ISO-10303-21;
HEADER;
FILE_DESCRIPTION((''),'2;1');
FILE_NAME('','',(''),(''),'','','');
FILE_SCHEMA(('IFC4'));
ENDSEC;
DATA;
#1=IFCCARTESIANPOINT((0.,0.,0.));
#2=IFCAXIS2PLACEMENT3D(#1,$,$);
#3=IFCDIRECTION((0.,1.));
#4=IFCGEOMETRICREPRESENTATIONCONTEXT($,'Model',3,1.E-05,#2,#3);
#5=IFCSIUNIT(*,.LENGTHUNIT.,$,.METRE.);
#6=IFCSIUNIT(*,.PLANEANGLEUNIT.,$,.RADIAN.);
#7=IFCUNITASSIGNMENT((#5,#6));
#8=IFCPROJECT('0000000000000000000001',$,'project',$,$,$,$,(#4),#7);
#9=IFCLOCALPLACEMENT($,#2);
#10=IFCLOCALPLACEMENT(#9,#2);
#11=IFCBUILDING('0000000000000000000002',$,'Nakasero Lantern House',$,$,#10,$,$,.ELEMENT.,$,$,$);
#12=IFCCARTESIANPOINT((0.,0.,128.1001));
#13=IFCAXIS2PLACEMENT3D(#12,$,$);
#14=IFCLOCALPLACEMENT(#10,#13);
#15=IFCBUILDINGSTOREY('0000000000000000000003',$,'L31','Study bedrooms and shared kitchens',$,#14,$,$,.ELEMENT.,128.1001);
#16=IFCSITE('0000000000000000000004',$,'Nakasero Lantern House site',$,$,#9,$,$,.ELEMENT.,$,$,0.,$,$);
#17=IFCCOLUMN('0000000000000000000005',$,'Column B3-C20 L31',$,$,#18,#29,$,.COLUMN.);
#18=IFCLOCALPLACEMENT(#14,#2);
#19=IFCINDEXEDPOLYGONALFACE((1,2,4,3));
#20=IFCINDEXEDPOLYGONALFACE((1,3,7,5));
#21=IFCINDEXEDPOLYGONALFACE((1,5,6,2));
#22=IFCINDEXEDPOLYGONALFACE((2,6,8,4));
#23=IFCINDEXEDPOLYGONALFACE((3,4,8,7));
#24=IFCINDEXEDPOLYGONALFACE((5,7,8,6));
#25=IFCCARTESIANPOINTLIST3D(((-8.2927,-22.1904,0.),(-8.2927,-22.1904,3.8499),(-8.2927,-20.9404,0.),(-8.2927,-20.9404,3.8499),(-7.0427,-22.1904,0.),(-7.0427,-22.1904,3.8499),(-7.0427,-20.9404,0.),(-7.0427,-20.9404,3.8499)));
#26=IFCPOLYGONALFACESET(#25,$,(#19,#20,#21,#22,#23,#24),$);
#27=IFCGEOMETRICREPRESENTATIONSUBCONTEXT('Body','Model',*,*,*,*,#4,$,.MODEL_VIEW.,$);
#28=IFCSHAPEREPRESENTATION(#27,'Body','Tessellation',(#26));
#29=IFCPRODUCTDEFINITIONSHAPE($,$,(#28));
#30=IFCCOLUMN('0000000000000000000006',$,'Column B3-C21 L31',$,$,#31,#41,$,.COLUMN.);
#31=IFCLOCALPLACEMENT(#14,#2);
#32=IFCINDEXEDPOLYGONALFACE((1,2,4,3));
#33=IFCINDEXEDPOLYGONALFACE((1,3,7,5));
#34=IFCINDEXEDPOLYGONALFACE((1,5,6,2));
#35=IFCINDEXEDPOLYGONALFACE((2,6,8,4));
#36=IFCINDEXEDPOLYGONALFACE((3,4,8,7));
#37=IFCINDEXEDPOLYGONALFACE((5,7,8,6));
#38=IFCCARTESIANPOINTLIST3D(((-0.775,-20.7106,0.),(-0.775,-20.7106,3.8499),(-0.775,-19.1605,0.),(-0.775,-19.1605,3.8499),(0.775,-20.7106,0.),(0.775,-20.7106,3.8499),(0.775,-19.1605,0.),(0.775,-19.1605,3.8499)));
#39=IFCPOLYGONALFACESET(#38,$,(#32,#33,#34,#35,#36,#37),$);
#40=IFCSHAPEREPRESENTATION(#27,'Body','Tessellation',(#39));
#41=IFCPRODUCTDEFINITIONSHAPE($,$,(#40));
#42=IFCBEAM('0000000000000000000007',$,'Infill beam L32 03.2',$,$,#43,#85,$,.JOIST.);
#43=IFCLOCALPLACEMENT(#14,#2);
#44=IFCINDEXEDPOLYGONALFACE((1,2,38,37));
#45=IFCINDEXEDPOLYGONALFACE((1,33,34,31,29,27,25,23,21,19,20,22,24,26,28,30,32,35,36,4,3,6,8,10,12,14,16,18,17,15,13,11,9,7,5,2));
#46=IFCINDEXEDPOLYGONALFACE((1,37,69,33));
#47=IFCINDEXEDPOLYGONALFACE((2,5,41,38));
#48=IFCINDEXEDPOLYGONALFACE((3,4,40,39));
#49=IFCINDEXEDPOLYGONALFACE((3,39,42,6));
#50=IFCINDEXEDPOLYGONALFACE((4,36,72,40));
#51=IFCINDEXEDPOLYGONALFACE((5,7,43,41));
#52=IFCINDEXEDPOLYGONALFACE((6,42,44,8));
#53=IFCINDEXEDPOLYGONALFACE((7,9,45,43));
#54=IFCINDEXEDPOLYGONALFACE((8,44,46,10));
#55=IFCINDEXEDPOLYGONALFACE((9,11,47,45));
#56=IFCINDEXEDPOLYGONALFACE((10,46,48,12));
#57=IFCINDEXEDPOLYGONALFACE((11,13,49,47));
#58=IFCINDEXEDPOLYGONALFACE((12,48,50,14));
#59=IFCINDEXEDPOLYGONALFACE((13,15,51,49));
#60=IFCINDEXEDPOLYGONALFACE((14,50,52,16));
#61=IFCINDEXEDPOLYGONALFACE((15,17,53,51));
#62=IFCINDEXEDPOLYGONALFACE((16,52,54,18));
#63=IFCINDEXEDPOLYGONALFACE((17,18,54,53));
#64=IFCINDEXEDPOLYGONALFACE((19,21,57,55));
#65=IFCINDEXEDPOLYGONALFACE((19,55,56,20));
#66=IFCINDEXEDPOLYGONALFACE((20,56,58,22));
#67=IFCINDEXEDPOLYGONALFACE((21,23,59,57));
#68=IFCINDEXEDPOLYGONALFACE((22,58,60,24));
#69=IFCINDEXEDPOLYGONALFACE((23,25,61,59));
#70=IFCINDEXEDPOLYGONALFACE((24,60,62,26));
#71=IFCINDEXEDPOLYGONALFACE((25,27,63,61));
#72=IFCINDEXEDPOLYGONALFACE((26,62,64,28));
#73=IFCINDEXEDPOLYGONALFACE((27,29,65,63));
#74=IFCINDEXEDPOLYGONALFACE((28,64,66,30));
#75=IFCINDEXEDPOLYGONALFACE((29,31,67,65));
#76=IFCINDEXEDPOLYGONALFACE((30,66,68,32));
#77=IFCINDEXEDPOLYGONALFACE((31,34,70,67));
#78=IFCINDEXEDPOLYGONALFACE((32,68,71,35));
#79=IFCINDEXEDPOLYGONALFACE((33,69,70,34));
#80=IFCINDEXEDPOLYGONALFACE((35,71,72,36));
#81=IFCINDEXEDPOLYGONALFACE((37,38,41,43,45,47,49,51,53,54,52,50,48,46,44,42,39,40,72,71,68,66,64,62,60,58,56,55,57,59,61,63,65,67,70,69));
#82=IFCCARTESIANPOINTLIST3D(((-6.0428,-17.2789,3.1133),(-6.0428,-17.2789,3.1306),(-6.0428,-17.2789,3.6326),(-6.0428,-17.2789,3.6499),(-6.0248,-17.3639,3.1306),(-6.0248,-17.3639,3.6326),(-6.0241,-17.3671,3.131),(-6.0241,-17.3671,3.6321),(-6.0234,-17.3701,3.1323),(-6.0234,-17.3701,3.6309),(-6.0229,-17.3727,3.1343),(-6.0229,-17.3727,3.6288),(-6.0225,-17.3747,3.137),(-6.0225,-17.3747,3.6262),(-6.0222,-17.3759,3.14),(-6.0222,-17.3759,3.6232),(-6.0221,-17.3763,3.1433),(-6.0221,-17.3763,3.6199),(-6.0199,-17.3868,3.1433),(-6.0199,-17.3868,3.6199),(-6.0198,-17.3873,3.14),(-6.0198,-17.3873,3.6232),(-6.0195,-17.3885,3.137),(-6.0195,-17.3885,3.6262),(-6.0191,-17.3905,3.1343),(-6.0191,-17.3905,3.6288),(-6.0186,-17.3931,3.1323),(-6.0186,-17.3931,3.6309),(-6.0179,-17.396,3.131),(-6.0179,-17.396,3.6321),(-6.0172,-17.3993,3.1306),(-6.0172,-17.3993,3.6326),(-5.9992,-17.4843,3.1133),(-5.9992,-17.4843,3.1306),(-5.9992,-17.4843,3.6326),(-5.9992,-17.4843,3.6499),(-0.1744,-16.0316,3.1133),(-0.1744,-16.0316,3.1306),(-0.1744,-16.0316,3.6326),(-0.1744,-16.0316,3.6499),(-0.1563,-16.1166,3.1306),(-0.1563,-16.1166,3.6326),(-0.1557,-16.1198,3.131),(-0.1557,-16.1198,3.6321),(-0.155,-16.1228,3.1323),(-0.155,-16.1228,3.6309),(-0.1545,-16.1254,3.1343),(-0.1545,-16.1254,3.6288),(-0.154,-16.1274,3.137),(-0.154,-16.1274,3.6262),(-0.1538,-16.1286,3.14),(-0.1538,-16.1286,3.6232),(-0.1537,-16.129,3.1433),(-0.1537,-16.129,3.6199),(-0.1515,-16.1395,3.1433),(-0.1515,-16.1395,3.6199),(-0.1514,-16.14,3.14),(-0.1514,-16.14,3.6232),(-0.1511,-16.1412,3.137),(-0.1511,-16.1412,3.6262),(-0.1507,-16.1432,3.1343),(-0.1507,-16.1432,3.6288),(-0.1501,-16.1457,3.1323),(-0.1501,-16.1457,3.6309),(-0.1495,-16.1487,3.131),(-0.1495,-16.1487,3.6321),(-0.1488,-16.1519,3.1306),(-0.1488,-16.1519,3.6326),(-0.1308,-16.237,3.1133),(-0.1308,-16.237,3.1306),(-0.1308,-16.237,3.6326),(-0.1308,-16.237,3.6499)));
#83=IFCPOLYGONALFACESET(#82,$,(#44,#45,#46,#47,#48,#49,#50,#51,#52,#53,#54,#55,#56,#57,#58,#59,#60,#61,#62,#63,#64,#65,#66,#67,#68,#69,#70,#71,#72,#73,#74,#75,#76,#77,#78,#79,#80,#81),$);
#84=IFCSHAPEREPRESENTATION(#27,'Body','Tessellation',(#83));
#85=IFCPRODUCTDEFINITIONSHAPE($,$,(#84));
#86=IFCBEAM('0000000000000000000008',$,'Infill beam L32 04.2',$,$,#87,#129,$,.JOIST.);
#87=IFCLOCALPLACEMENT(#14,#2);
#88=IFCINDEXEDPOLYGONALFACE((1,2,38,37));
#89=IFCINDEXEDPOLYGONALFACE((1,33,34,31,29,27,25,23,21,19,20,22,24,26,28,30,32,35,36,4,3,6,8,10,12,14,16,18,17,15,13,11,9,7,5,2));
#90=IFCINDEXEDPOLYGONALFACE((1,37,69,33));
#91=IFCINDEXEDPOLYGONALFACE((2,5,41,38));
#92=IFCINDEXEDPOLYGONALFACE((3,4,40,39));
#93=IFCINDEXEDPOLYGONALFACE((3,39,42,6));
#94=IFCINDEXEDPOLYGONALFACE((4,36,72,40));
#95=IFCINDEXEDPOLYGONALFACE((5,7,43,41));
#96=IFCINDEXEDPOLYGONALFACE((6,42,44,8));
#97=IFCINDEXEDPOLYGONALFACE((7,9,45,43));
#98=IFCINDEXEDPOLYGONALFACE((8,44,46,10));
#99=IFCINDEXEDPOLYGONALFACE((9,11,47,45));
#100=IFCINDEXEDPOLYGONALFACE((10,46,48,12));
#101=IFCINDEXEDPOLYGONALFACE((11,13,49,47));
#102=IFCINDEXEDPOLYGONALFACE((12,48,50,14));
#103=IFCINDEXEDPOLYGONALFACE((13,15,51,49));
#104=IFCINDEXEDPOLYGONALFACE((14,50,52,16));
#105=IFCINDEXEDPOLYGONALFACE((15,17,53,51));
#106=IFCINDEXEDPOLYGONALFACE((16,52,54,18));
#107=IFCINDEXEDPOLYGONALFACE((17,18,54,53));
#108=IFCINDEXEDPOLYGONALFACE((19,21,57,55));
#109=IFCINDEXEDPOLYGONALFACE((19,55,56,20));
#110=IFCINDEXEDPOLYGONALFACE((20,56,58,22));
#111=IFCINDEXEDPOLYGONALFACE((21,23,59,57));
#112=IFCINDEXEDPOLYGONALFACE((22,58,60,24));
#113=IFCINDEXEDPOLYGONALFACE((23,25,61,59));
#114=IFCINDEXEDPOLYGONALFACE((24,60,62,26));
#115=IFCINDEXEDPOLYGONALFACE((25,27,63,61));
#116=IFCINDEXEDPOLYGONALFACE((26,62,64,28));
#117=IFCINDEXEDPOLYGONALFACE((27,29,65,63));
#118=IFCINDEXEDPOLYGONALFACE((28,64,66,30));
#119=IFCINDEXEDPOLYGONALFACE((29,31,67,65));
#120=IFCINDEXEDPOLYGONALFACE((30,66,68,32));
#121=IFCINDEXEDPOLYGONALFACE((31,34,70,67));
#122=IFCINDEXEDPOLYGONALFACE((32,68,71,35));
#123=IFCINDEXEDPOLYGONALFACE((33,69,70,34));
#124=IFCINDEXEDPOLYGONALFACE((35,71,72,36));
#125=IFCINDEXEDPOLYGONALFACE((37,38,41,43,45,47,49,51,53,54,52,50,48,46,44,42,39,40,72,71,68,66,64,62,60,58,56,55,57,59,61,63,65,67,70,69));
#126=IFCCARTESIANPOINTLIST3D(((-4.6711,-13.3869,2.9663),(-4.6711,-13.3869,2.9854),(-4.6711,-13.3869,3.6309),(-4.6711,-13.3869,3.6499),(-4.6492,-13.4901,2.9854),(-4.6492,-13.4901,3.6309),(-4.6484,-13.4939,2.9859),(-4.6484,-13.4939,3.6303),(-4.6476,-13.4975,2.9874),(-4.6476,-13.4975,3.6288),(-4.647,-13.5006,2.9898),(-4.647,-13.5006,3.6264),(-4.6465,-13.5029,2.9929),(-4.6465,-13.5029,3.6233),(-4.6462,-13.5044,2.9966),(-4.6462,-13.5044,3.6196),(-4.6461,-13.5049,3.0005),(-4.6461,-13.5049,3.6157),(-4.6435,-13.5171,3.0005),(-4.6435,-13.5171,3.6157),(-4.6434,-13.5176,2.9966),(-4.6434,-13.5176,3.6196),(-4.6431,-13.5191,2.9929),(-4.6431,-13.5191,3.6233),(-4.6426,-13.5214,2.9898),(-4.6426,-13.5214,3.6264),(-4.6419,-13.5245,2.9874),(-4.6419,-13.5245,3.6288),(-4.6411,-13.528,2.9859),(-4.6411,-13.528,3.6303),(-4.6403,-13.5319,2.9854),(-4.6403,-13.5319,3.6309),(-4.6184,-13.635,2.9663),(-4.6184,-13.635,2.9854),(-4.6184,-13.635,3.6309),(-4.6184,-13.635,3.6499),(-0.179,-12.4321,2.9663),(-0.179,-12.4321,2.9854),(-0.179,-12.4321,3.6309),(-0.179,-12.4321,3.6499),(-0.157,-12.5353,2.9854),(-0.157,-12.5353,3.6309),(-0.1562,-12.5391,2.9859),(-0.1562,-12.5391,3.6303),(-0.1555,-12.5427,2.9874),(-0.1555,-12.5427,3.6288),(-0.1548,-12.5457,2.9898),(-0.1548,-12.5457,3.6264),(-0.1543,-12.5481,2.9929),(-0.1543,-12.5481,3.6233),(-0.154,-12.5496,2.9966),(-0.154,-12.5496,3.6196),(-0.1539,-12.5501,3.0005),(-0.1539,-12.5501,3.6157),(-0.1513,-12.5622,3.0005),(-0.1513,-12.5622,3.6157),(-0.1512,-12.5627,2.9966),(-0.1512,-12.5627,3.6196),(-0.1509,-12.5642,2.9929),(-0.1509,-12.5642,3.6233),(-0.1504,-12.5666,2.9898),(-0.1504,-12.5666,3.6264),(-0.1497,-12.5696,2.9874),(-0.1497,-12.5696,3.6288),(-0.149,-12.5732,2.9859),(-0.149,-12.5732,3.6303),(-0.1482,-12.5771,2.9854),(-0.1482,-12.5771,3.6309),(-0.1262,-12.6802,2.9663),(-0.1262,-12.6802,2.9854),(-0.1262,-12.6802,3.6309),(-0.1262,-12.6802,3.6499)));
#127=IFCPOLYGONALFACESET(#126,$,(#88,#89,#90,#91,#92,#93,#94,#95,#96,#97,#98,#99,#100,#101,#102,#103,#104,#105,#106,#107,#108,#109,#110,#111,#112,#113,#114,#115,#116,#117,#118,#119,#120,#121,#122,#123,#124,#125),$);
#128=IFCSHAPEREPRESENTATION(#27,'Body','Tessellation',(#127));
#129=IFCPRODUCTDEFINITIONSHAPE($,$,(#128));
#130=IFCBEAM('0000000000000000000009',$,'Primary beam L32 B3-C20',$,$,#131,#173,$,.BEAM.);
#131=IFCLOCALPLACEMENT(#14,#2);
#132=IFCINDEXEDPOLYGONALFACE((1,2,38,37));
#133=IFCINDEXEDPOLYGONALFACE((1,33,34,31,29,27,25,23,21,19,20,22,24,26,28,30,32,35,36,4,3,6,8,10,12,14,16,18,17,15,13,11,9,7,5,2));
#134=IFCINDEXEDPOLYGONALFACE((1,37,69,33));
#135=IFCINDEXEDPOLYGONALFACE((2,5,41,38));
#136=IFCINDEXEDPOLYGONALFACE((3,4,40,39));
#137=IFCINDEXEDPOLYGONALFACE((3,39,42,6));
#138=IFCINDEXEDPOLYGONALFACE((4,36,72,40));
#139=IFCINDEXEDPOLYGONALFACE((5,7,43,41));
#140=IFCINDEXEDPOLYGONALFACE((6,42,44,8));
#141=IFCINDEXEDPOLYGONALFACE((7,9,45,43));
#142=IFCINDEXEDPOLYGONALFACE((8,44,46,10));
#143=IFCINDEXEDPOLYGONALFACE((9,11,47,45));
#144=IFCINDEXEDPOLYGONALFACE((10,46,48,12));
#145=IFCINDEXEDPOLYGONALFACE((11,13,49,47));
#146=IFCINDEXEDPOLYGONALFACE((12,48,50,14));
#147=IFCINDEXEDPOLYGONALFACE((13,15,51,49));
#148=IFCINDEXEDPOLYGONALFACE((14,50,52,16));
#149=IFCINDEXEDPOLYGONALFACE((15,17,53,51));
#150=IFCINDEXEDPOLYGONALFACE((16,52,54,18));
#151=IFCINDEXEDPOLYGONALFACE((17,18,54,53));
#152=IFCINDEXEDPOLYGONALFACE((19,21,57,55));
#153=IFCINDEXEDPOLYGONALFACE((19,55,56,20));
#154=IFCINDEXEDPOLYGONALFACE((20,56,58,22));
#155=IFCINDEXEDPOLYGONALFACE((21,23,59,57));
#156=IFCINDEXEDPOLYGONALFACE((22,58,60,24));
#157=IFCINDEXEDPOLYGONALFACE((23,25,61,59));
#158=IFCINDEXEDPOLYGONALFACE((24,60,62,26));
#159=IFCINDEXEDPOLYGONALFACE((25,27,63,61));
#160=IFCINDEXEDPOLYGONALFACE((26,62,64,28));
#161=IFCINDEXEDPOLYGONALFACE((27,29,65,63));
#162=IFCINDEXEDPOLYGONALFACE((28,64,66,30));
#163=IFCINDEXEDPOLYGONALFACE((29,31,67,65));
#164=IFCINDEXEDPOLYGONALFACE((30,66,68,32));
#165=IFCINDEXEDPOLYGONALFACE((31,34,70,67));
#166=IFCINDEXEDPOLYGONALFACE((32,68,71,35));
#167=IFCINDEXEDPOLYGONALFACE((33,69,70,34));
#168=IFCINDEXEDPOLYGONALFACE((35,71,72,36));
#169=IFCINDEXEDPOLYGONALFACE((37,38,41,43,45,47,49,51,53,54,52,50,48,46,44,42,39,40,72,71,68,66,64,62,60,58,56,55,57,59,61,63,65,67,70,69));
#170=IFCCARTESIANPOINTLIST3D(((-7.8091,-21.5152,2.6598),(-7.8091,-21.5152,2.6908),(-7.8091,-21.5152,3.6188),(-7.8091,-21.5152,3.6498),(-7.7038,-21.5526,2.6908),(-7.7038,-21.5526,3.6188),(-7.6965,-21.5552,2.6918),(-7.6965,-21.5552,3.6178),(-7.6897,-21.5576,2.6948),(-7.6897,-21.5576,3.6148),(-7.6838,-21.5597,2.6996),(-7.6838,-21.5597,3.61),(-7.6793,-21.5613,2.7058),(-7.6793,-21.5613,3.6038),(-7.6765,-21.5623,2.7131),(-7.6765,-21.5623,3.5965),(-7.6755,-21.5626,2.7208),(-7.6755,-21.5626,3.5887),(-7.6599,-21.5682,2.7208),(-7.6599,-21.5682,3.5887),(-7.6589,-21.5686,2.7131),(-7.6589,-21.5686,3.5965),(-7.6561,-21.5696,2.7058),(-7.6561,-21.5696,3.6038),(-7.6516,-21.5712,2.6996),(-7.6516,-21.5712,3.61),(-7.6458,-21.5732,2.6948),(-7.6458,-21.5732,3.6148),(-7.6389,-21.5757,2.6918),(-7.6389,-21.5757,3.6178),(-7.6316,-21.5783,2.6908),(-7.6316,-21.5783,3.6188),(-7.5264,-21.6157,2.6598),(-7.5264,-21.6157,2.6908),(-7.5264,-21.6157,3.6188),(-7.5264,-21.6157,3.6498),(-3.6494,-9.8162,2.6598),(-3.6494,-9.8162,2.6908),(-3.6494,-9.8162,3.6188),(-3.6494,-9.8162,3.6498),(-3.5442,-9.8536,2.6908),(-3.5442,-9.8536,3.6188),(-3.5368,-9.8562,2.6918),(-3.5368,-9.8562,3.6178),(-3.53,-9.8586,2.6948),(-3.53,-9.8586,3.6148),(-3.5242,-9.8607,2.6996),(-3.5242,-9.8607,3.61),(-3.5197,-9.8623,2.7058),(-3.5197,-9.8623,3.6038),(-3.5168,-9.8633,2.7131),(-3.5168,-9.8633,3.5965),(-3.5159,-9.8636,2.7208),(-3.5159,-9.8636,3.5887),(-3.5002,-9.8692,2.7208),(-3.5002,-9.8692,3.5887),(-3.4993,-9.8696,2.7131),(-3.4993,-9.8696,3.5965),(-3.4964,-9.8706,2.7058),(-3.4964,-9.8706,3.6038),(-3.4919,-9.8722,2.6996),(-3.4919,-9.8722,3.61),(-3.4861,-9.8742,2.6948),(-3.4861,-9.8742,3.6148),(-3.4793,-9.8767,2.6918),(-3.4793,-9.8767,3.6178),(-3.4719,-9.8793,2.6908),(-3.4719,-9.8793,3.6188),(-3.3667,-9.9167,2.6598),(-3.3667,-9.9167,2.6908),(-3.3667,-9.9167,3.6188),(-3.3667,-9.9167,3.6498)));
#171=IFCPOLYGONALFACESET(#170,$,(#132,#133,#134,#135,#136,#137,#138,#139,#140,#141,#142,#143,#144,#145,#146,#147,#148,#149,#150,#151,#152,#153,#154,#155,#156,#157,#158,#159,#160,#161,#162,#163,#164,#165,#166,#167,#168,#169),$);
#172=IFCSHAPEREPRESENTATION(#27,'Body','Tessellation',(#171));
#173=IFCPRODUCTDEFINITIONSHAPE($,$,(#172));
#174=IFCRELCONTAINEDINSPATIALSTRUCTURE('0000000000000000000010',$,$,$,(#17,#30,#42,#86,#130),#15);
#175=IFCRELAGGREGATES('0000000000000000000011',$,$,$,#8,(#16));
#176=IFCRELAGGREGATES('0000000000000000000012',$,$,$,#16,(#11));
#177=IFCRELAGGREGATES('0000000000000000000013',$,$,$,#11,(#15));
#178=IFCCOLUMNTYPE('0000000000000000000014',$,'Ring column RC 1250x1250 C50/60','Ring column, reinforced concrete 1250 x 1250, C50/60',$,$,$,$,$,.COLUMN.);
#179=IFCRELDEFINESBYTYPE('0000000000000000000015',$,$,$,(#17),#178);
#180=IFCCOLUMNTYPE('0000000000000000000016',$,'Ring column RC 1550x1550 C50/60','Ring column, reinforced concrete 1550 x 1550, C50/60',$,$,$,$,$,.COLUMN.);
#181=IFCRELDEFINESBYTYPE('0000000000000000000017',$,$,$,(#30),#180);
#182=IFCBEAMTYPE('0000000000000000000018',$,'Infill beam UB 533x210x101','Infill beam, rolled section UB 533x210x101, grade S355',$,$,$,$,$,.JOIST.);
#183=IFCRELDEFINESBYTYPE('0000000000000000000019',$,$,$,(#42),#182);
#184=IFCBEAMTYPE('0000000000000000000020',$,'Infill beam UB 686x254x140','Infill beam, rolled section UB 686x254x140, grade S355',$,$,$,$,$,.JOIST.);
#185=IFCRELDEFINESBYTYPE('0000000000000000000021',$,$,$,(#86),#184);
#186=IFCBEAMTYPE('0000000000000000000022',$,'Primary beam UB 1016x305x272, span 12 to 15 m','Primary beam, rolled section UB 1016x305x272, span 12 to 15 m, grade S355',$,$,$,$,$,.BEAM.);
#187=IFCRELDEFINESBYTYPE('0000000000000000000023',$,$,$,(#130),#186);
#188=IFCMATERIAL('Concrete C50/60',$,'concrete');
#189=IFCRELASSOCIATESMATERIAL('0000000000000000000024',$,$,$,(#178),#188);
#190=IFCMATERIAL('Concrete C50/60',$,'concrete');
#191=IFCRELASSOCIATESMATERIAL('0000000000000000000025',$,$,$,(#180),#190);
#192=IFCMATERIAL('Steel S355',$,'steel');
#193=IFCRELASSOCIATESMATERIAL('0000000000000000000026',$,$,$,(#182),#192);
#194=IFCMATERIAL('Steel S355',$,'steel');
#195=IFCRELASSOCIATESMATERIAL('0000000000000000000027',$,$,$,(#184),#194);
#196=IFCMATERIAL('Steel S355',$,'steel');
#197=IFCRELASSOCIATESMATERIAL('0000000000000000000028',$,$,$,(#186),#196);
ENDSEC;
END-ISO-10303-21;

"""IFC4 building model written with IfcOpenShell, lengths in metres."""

from ifc_helpers import new_model, si_unit, direction, frame, origin, origin_2d, place, context, subcontext, project, spatial, rectangle, i_section, extrude, material, material_profile, profile_set, type_object, element, save


model = new_model("IFC4")

# Units and contexts
model_context = context("Model", 3, precision=1e-05, world=origin(), true_north=direction((0.0, 1.0)))
body_context = subcontext(model_context, "Body", "Model", "MODEL_VIEW")
ifc_project = project(units=[si_unit("LENGTHUNIT", "METRE"), si_unit("PLANEANGLEUNIT", "RADIAN")], contexts=[model_context])

# Site, building, storey
site_placement = place(None, origin())
site = spatial("IfcSite", under=ifc_project, at=site_placement, Name="Nakasero Lantern House site", CompositionType="ELEMENT", RefElevation=0.0)
building_placement = place(site_placement, origin())
building = spatial("IfcBuilding", under=site, at=building_placement, Name="Nakasero Lantern House", CompositionType="ELEMENT")
storey_placement = place(building_placement, frame((0.0, 0.0, 128.1001)))
storey = spatial("IfcBuildingStorey", under=building, at=storey_placement, Name="L31", Description="Study bedrooms and shared kitchens", CompositionType="ELEMENT", Elevation=128.1001)

# Columns
ifc_material_1 = material(Name="Concrete C50/60", Category="concrete")
ifc_material_profile_1 = material_profile(ifc_material_1, rectangle(XDim=1.25, YDim=1.25, at=origin_2d()), Name="RC 1250x1250")
ifc_profile_set_1 = profile_set([ifc_material_profile_1], Name="Concrete C50/60")
column_type_1 = type_object("IfcColumnType", Name="Ring column RC 1250x1250 C50/60", Description="Ring column, reinforced concrete 1250 x 1250, C50/60", PredefinedType="COLUMN", material=ifc_profile_set_1)
column_1_placement = place(storey_placement, frame((-7.6677, -21.5654, 0.0), z_axis=(0.0, 0.0, 1.0), x_axis=(1.0, 0.0, 0.0)))
element("IfcColumn", 1, at=column_1_placement, inside=storey, type_object=column_type_1, Name="Column B3-C20 L31", PredefinedType="COLUMN", context=body_context, shape_type="SweptSolid", body=[
    extrude(rectangle(XDim=1.25, YDim=1.25, at=origin_2d()), origin(), (0.0, 0.0, 1.0), 3.8499),
])
ifc_material_2 = material(Name="Concrete C50/60", Category="concrete")
ifc_material_profile_2 = material_profile(ifc_material_2, rectangle(XDim=1.55, YDim=1.55, at=origin_2d()), Name="RC 1550x1550")
ifc_profile_set_2 = profile_set([ifc_material_profile_2], Name="Concrete C50/60")
column_type_2 = type_object("IfcColumnType", Name="Ring column RC 1550x1550 C50/60", Description="Ring column, reinforced concrete 1550 x 1550, C50/60", PredefinedType="COLUMN", material=ifc_profile_set_2)
column_2_placement = place(storey_placement, frame((0.0, -19.9355, 0.0), z_axis=(0.0, 0.0, 1.0), x_axis=(1.0, 0.0, 0.0)))
element("IfcColumn", 2, at=column_2_placement, inside=storey, type_object=column_type_2, Name="Column B3-C21 L31", PredefinedType="COLUMN", context=body_context, shape_type="SweptSolid", body=[
    extrude(rectangle(XDim=1.55, YDim=1.55, at=origin_2d()), origin(), (0.0, 0.0, 1.0), 3.8499),
])

# Beams
ifc_material_3 = material(Name="Steel S355", Category="steel")
ifc_material_profile_3 = material_profile(ifc_material_3, i_section(OverallWidth=0.21, OverallDepth=0.5366, WebThickness=0.0107, FlangeThickness=0.0173, FilletRadius=0.0127, at=origin_2d()), Name="UB 533x210x101")
ifc_profile_set_3 = profile_set([ifc_material_profile_3], Name="Steel S355")
beam_type_1 = type_object("IfcBeamType", Name="Infill beam UB 533x210x101", Description="Infill beam, rolled section UB 533x210x101, grade S355", PredefinedType="JOIST", material=ifc_profile_set_3)
beam_1_placement = place(storey_placement, frame((-6.021, -17.3816, 3.3816), z_axis=(0.978149, 0.207903, 0.0), x_axis=(-0.207903, 0.978149, 0.0)))
element("IfcBeam", 3, at=beam_1_placement, inside=storey, type_object=beam_type_1, Name="Infill beam L32 03.2", PredefinedType="JOIST", context=body_context, shape_type="SweptSolid", body=[
    extrude(i_section(OverallWidth=0.21, OverallDepth=0.5366, WebThickness=0.0107, FlangeThickness=0.0173, FilletRadius=0.0127, at=origin_2d()), origin(), (0.0, 0.0, 1.0), 5.9995),
])
ifc_material_4 = material(Name="Steel S355", Category="steel")
ifc_material_profile_4 = material_profile(ifc_material_4, i_section(OverallWidth=0.2537, OverallDepth=0.6836, WebThickness=0.0125, FlangeThickness=0.019, FilletRadius=0.0151, at=origin_2d()), Name="UB 686x254x140")
ifc_profile_set_4 = profile_set([ifc_material_profile_4], Name="Steel S355")
beam_type_2 = type_object("IfcBeamType", Name="Infill beam UB 686x254x140", Description="Infill beam, rolled section UB 686x254x140, grade S355", PredefinedType="JOIST", material=ifc_profile_set_4)
beam_2_placement = place(storey_placement, frame((-4.6448, -13.511, 3.3081), z_axis=(0.978148, 0.20791, 0.0), x_axis=(-0.20791, 0.978148, 0.0)))
element("IfcBeam", 4, at=beam_2_placement, inside=storey, type_object=beam_type_2, Name="Infill beam L32 04.2", PredefinedType="JOIST", context=body_context, shape_type="SweptSolid", body=[
    extrude(i_section(OverallWidth=0.2537, OverallDepth=0.6836, WebThickness=0.0125, FlangeThickness=0.019, FilletRadius=0.0151, at=origin_2d()), origin(), (0.0, 0.0, 1.0), 4.5925),
])
ifc_material_5 = material(Name="Steel S355", Category="steel")
ifc_material_profile_5 = material_profile(ifc_material_5, i_section(OverallWidth=0.3, OverallDepth=0.99, WebThickness=0.0166, FlangeThickness=0.031, FilletRadius=0.03, at=origin_2d()), Name="UB 1016x305x272")
ifc_profile_set_5 = profile_set([ifc_material_profile_5], Name="Steel S355")
beam_type_3 = type_object("IfcBeamType", Name="Primary beam UB 1016x305x272, span 12 to 15 m", Description="Primary beam, rolled section UB 1016x305x272, span 12 to 15 m, grade S355", PredefinedType="BEAM", material=ifc_profile_set_5)
beam_3_placement = place(storey_placement, frame((-7.6677, -21.5654, 3.1548), z_axis=(0.335012, 0.942214, 0.0), x_axis=(-0.942214, 0.335012, 0.0)))
element("IfcBeam", 5, at=beam_3_placement, inside=storey, type_object=beam_type_3, Name="Primary beam L32 B3-C20", PredefinedType="BEAM", context=body_context, shape_type="SweptSolid", body=[
    extrude(i_section(OverallWidth=0.3, OverallDepth=0.99, WebThickness=0.0166, FlangeThickness=0.031, FilletRadius=0.03, at=origin_2d()), origin(), (0.0, 0.0, 1.0), 12.4165),
])

save(model, "model.ifc")
